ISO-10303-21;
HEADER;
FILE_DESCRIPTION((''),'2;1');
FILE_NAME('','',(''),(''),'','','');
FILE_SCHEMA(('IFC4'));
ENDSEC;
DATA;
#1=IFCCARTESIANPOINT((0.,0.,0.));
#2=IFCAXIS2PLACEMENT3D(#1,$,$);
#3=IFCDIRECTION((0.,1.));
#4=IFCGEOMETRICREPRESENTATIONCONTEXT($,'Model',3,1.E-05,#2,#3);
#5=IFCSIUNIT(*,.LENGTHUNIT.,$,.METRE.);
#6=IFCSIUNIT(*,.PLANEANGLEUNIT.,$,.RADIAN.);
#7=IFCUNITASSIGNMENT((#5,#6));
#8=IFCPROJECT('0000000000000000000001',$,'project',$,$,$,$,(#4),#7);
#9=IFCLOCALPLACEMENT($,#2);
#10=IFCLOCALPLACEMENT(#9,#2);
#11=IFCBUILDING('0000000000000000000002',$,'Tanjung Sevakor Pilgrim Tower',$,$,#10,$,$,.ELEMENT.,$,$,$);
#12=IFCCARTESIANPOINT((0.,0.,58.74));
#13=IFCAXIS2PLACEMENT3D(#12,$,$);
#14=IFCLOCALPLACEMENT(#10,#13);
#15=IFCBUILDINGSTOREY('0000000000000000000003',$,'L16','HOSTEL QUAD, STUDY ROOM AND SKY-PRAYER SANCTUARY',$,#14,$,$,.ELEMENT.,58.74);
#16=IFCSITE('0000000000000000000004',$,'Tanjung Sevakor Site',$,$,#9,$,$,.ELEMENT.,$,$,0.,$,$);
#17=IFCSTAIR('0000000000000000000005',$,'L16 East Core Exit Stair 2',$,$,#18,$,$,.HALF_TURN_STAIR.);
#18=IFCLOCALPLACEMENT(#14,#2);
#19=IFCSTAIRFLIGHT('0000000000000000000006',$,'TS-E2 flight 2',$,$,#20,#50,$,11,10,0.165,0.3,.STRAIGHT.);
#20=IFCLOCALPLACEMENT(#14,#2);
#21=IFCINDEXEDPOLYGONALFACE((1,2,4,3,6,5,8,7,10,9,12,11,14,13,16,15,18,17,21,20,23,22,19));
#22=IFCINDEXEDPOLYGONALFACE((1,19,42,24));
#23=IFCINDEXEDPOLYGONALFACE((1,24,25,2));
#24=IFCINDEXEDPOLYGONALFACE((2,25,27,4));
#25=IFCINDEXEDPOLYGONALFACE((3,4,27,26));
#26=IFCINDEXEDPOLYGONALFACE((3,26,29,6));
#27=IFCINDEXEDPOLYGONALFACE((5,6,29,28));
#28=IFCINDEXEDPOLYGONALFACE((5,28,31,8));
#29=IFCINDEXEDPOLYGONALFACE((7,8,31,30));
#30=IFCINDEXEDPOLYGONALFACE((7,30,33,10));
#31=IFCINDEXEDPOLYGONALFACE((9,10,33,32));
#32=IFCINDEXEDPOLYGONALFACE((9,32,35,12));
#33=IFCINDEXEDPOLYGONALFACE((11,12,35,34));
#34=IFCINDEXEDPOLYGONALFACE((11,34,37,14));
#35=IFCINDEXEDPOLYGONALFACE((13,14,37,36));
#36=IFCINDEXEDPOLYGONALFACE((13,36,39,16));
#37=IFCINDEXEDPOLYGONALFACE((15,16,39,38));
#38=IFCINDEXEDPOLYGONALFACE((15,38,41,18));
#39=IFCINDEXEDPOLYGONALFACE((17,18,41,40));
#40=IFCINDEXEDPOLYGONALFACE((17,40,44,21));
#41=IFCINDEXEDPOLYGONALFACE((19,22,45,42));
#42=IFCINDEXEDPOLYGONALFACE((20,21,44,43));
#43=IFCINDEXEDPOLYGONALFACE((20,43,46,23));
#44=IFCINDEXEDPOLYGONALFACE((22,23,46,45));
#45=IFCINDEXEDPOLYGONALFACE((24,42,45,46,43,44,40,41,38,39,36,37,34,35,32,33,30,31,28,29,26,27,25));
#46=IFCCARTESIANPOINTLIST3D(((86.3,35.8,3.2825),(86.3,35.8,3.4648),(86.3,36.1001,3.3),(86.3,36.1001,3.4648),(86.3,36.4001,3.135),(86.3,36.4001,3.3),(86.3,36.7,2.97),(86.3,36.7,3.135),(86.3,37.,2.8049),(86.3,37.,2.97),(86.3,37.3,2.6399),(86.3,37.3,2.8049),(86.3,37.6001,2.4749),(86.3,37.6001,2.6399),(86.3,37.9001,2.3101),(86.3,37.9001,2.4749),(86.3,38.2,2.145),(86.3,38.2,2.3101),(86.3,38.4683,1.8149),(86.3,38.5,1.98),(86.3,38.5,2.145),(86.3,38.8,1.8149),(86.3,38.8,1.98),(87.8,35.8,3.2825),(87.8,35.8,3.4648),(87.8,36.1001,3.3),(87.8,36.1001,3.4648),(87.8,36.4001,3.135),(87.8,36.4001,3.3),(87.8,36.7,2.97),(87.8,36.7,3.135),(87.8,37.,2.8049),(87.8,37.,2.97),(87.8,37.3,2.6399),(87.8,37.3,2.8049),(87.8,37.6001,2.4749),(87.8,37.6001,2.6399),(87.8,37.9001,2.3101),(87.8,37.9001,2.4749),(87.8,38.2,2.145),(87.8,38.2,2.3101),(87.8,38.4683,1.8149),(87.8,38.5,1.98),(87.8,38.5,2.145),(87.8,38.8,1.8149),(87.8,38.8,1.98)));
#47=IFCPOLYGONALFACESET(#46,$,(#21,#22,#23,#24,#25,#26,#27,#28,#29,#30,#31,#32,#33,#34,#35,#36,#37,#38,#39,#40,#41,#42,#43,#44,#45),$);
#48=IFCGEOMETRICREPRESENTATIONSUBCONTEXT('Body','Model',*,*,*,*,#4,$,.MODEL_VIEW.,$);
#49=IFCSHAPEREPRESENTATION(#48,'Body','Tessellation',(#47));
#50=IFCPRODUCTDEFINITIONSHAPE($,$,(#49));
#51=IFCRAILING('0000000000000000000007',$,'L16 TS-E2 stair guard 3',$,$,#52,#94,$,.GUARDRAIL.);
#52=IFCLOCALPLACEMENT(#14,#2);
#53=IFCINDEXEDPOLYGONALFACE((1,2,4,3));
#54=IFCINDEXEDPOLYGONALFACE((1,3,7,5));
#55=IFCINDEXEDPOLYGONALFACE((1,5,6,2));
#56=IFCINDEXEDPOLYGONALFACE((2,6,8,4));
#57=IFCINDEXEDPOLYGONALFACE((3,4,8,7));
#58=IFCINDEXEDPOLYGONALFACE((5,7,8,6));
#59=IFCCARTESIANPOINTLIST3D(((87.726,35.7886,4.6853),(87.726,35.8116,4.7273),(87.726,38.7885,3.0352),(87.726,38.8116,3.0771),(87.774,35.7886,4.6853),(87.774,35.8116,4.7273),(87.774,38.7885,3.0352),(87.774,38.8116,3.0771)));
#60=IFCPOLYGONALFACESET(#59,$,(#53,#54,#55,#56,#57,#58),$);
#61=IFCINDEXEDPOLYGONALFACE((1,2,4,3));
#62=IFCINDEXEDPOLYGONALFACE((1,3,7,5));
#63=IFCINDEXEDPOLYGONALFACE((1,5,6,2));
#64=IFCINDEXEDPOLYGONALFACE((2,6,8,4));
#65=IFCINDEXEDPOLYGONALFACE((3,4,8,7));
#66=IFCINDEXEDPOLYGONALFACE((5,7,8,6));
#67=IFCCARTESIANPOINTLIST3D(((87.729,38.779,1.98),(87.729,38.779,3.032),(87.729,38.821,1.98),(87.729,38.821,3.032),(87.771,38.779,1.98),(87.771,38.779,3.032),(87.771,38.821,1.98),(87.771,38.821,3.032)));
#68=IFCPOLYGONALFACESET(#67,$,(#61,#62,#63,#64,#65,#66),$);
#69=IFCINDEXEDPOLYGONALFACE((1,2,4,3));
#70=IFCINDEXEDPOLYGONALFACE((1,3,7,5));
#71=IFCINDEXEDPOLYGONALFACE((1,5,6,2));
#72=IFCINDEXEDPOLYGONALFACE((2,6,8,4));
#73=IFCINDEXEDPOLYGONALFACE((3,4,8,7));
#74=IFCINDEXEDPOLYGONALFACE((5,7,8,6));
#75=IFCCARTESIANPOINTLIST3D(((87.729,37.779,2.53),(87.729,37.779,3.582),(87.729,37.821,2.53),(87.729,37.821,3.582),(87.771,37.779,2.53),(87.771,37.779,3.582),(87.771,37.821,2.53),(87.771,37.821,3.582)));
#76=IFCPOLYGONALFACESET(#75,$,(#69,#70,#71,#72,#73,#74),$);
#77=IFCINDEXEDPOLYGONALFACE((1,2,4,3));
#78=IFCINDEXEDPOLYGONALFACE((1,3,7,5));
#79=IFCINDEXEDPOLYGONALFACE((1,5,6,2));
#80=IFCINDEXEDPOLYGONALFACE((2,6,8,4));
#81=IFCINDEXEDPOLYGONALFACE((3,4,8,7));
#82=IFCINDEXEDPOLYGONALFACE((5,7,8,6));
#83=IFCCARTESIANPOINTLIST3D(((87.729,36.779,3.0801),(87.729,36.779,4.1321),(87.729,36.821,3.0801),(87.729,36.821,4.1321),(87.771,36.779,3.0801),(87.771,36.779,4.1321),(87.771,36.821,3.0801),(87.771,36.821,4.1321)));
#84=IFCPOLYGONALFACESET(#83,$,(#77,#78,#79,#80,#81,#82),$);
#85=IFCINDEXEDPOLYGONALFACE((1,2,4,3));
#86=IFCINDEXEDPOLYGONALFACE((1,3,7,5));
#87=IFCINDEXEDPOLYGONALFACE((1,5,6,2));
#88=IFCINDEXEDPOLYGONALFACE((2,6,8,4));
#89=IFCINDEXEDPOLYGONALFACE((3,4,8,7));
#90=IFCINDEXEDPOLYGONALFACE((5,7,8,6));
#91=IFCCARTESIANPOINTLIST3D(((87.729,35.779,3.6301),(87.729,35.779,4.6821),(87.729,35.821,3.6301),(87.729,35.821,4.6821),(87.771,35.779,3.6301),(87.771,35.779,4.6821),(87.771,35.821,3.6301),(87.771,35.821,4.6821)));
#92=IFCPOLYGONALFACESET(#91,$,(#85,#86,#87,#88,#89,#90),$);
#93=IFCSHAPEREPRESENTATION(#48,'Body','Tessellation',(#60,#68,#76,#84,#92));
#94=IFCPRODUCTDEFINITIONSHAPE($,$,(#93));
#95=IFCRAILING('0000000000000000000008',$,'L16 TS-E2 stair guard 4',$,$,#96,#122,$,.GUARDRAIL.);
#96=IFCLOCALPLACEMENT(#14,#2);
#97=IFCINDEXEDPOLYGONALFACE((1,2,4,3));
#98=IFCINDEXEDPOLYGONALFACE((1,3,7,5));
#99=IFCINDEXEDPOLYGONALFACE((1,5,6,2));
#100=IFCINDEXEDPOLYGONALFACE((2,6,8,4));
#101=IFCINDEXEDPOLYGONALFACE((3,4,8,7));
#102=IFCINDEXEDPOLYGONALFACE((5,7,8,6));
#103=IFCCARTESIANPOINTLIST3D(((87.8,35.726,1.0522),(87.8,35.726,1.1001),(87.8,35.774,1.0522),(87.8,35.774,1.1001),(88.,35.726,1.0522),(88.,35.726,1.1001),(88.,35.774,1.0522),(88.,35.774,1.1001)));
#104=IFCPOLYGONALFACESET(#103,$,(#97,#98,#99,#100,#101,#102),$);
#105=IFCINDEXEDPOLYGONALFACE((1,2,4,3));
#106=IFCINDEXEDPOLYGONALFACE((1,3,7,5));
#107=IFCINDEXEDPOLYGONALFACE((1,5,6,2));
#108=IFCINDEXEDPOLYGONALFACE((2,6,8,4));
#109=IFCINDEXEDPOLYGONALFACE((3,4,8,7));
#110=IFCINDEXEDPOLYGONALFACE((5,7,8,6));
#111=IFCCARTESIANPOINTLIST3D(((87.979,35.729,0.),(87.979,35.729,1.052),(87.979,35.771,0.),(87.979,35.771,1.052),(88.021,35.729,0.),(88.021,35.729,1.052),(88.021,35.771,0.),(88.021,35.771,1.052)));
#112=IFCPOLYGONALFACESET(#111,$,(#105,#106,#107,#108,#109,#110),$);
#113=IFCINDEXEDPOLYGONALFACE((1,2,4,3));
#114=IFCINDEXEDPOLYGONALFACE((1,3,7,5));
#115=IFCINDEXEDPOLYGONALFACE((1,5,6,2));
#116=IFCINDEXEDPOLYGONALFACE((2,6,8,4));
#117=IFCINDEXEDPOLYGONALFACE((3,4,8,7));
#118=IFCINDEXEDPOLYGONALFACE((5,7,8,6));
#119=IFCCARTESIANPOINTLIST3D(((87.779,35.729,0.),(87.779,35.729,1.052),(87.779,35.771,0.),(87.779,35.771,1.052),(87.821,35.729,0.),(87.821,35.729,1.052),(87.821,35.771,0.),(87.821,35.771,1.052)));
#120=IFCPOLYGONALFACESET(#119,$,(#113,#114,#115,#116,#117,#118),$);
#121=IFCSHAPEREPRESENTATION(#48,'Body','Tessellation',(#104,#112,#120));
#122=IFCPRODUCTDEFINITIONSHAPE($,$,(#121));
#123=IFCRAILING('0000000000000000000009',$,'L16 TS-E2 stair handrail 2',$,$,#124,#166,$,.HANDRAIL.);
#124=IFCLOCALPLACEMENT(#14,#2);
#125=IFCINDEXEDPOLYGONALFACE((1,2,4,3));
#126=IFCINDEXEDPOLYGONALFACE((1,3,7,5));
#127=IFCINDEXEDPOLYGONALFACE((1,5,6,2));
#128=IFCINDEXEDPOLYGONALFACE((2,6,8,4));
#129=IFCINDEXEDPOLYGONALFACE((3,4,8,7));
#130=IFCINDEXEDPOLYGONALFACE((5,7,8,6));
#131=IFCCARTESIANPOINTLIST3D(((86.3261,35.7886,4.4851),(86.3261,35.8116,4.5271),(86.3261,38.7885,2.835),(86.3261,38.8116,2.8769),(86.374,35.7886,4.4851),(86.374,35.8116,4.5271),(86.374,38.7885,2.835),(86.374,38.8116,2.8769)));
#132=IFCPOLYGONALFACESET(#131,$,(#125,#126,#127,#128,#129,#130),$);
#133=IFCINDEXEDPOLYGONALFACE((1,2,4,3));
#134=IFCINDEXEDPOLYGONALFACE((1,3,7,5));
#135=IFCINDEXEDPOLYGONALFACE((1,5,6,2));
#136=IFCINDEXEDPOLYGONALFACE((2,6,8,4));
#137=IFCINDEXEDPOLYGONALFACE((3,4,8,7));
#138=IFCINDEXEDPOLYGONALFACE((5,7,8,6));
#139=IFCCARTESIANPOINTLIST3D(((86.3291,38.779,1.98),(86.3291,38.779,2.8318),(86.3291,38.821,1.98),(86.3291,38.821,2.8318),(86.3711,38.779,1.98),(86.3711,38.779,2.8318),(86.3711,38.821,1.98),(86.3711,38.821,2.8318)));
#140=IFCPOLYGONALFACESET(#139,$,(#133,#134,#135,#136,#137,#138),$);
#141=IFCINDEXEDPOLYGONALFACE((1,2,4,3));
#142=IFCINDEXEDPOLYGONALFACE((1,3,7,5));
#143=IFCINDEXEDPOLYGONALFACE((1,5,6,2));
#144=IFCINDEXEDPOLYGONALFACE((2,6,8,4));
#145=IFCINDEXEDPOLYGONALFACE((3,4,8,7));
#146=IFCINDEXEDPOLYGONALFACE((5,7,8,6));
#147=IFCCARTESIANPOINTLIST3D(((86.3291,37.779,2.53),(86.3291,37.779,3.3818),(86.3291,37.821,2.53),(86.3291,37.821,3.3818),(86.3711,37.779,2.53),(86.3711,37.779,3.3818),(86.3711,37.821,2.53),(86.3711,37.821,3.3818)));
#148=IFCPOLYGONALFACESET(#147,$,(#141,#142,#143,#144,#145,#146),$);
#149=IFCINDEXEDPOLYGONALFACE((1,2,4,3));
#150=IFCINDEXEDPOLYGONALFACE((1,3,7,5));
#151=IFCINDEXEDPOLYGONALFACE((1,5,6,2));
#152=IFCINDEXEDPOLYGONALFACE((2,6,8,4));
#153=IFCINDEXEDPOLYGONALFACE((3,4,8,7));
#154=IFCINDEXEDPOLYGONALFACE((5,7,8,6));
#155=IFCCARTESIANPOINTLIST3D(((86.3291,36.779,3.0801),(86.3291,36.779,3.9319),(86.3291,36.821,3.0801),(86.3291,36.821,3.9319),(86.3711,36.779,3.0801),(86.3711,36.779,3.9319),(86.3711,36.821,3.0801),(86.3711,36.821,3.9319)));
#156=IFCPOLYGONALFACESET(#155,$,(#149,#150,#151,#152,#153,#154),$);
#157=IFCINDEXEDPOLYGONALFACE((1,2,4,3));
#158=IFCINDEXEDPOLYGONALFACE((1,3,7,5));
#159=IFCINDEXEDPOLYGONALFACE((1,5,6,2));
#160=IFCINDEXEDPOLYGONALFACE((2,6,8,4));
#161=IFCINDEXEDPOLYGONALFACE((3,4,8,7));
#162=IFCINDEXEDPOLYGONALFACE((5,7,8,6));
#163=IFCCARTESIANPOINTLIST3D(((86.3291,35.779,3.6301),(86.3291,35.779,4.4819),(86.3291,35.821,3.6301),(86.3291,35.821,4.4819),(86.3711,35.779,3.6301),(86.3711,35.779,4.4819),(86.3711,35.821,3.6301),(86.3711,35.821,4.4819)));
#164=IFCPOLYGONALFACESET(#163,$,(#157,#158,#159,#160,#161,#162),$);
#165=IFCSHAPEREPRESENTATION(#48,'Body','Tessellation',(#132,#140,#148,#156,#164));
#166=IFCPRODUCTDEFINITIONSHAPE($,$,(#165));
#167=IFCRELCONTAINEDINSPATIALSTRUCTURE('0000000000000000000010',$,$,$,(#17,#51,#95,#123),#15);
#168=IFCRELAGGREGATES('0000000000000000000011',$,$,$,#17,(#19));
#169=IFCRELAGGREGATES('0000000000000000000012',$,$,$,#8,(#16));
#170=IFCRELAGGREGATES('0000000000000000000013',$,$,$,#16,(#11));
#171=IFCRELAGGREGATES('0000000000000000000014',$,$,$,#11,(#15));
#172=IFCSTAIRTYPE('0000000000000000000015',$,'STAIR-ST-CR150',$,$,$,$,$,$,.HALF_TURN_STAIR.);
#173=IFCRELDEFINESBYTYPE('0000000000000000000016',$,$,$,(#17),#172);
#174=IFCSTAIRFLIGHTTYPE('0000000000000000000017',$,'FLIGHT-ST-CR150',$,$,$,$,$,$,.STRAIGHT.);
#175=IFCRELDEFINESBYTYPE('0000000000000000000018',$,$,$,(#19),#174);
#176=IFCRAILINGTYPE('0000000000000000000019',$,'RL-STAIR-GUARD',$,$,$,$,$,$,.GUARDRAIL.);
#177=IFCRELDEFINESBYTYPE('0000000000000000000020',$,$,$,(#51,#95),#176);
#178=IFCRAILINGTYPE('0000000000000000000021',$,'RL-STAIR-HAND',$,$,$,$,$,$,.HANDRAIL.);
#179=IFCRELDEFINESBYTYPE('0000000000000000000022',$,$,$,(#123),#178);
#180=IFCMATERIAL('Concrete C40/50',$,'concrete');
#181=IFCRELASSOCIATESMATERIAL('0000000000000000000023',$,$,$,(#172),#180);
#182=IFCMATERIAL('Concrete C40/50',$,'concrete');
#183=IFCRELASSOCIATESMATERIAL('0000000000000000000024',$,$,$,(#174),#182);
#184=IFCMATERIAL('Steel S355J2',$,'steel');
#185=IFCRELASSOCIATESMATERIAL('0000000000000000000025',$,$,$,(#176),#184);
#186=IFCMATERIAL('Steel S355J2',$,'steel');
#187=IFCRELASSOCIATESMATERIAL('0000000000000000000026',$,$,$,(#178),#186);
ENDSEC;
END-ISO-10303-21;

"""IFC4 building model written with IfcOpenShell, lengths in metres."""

from ifc_helpers import new_model, si_unit, direction, frame, origin, place, context, subcontext, project, spatial, polyline, rectangle, outline, extrude, material, type_object, element, aggregate, save


model = new_model("IFC4")

# Units and contexts
model_context = context("Model", 3, precision=1e-05, world=origin(), true_north=direction((0.0, 1.0)))
body_context = subcontext(model_context, "Body", "Model", "MODEL_VIEW")
ifc_project = project(units=[si_unit("LENGTHUNIT", "METRE"), si_unit("PLANEANGLEUNIT", "RADIAN")], contexts=[model_context])

# Site, building, storey
site_placement = place(None, origin())
site = spatial("IfcSite", under=ifc_project, at=site_placement, Name="Tanjung Sevakor Site", CompositionType="ELEMENT", RefElevation=0.0)
building_placement = place(site_placement, origin())
building = spatial("IfcBuilding", under=site, at=building_placement, Name="Tanjung Sevakor Pilgrim Tower", CompositionType="ELEMENT")
storey_placement = place(building_placement, frame((0.0, 0.0, 58.74)))
storey = spatial("IfcBuildingStorey", under=building, at=storey_placement, Name="L16", Description="HOSTEL QUAD, STUDY ROOM AND SKY-PRAYER SANCTUARY", CompositionType="ELEMENT", Elevation=58.74)

# Stair, stair flight
ifc_material_1 = material(Name="Concrete C40/50", Category="concrete")
stair_type = type_object("IfcStairType", Name="STAIR-ST-CR150", PredefinedType="HALF_TURN_STAIR", material=ifc_material_1)
stair_placement = place(storey_placement, origin())
stair = element("IfcStair", 1, at=stair_placement, inside=storey, type_object=stair_type, Name="L16 East Core Exit Stair 2", PredefinedType="HALF_TURN_STAIR")
ifc_material_2 = material(Name="Concrete C40/50", Category="concrete")
stair_flight_type = type_object("IfcStairFlightType", Name="FLIGHT-ST-CR150", PredefinedType="STRAIGHT", material=ifc_material_2)
stair_flight_placement = place(storey_placement, frame((87.05, 38.8, 1.8149), z_axis=(0.0, 0.0, 1.0), x_axis=(0.0, -1.0, 0.0)))
stair_flight = element("IfcStairFlight", 2, at=stair_flight_placement, type_object=stair_flight_type, Name="TS-E2 flight 2", NumberOfRisers=11, NumberOfTreads=10, PredefinedType="STRAIGHT", RiserHeight=0.165, TreadLength=0.3, context=body_context, shape_type="SweptSolid", body=[
    extrude(outline(polyline([(0.0, 0.0), (0.0, 0.165), (0.3, 0.165), (0.3, 0.3301), (0.6001, 0.3301), (0.6001, 0.4951), (0.8999, 0.4951), (0.8999, 0.6599), (1.2, 0.6599), (1.2, 0.825), (1.5, 0.825), (1.5, 0.99), (1.8, 0.99), (1.8, 1.155), (2.1001, 1.155), (2.1001, 1.3201), (2.3999, 1.3201), (2.3999, 1.4851), (2.7, 1.4851), (2.7, 1.6499), (3.0, 1.6499), (3.0, 1.8149), (3.0, 1.4675), (0.3318, 0.0), (0.0, 0.0)])), frame((0.0, 0.75, 0.0), z_axis=(0.0, -1.0, 0.0), x_axis=(1.0, 0.0, 0.0)), (0.0, 0.0, 1.0), 1.5),
])
aggregate(stair, [stair_flight])

# Railings
ifc_material_3 = material(Name="Steel S355J2", Category="steel")
railing_type_1 = type_object("IfcRailingType", Name="RL-STAIR-GUARD", PredefinedType="GUARDRAIL", material=ifc_material_3)
railing_1_placement = place(storey_placement, frame((87.75, 38.8, 1.98)))
element("IfcRailing", 3, at=railing_1_placement, inside=storey, type_object=railing_type_1, Name="L16 TS-E2 stair guard 3", PredefinedType="GUARDRAIL", context=body_context, shape_type="SweptSolid", body=[
    extrude(rectangle(XDim=0.0479, YDim=0.0479), frame((0.0, 0.0, 1.0762), z_axis=(0.0, -0.876198, 0.481952), x_axis=(1.0, 0.0, 0.0)), (0.0, 0.0, 1.0), 3.4238),
    extrude(rectangle(XDim=0.042, YDim=0.042), origin(), (0.0, 0.0, 1.0), 1.052),
    extrude(rectangle(XDim=0.042, YDim=0.042), frame((0.0, -1.0, 0.55)), (0.0, 0.0, 1.0), 1.052),
    extrude(rectangle(XDim=0.042, YDim=0.042), frame((0.0, -2.0, 1.1001)), (0.0, 0.0, 1.0), 1.052),
    extrude(rectangle(XDim=0.042, YDim=0.042), frame((0.0, -3.0, 1.6501)), (0.0, 0.0, 1.0), 1.052),
])
railing_2_placement = place(storey_placement, frame((88.0, 35.75, 0.0)))
element("IfcRailing", 4, at=railing_2_placement, inside=storey, type_object=railing_type_1, Name="L16 TS-E2 stair guard 4", PredefinedType="GUARDRAIL", context=body_context, shape_type="SweptSolid", body=[
    extrude(rectangle(XDim=0.0479, YDim=0.0479), frame((0.0, 0.0, 1.0762), z_axis=(-1.0, 0.0, 0.0), x_axis=(0.0, -1.0, 0.0)), (0.0, 0.0, 1.0), 0.2),
    extrude(rectangle(XDim=0.042, YDim=0.042), origin(), (0.0, 0.0, 1.0), 1.052),
    extrude(rectangle(XDim=0.042, YDim=0.042), frame((-0.2, 0.0, 0.0)), (0.0, 0.0, 1.0), 1.052),
])
ifc_material_4 = material(Name="Steel S355J2", Category="steel")
railing_type_2 = type_object("IfcRailingType", Name="RL-STAIR-HAND", PredefinedType="HANDRAIL", material=ifc_material_4)
railing_3_placement = place(storey_placement, frame((86.3501, 38.8, 1.98)))
element("IfcRailing", 5, at=railing_3_placement, inside=storey, type_object=railing_type_2, Name="L16 TS-E2 stair handrail 2", PredefinedType="HANDRAIL", context=body_context, shape_type="SweptSolid", body=[
    extrude(rectangle(XDim=0.0479, YDim=0.0479), frame((0.0, 0.0, 0.876), z_axis=(0.0, -0.876198, 0.481952), x_axis=(1.0, 0.0, 0.0)), (0.0, 0.0, 1.0), 3.4238),
    extrude(rectangle(XDim=0.042, YDim=0.042), origin(), (0.0, 0.0, 1.0), 0.8518),
    extrude(rectangle(XDim=0.042, YDim=0.042), frame((0.0, -1.0, 0.55)), (0.0, 0.0, 1.0), 0.8518),
    extrude(rectangle(XDim=0.042, YDim=0.042), frame((0.0, -2.0, 1.1001)), (0.0, 0.0, 1.0), 0.8518),
    extrude(rectangle(XDim=0.042, YDim=0.042), frame((0.0, -3.0, 1.6501)), (0.0, 0.0, 1.0), 0.8518),
])

save(model, "model.ifc")
